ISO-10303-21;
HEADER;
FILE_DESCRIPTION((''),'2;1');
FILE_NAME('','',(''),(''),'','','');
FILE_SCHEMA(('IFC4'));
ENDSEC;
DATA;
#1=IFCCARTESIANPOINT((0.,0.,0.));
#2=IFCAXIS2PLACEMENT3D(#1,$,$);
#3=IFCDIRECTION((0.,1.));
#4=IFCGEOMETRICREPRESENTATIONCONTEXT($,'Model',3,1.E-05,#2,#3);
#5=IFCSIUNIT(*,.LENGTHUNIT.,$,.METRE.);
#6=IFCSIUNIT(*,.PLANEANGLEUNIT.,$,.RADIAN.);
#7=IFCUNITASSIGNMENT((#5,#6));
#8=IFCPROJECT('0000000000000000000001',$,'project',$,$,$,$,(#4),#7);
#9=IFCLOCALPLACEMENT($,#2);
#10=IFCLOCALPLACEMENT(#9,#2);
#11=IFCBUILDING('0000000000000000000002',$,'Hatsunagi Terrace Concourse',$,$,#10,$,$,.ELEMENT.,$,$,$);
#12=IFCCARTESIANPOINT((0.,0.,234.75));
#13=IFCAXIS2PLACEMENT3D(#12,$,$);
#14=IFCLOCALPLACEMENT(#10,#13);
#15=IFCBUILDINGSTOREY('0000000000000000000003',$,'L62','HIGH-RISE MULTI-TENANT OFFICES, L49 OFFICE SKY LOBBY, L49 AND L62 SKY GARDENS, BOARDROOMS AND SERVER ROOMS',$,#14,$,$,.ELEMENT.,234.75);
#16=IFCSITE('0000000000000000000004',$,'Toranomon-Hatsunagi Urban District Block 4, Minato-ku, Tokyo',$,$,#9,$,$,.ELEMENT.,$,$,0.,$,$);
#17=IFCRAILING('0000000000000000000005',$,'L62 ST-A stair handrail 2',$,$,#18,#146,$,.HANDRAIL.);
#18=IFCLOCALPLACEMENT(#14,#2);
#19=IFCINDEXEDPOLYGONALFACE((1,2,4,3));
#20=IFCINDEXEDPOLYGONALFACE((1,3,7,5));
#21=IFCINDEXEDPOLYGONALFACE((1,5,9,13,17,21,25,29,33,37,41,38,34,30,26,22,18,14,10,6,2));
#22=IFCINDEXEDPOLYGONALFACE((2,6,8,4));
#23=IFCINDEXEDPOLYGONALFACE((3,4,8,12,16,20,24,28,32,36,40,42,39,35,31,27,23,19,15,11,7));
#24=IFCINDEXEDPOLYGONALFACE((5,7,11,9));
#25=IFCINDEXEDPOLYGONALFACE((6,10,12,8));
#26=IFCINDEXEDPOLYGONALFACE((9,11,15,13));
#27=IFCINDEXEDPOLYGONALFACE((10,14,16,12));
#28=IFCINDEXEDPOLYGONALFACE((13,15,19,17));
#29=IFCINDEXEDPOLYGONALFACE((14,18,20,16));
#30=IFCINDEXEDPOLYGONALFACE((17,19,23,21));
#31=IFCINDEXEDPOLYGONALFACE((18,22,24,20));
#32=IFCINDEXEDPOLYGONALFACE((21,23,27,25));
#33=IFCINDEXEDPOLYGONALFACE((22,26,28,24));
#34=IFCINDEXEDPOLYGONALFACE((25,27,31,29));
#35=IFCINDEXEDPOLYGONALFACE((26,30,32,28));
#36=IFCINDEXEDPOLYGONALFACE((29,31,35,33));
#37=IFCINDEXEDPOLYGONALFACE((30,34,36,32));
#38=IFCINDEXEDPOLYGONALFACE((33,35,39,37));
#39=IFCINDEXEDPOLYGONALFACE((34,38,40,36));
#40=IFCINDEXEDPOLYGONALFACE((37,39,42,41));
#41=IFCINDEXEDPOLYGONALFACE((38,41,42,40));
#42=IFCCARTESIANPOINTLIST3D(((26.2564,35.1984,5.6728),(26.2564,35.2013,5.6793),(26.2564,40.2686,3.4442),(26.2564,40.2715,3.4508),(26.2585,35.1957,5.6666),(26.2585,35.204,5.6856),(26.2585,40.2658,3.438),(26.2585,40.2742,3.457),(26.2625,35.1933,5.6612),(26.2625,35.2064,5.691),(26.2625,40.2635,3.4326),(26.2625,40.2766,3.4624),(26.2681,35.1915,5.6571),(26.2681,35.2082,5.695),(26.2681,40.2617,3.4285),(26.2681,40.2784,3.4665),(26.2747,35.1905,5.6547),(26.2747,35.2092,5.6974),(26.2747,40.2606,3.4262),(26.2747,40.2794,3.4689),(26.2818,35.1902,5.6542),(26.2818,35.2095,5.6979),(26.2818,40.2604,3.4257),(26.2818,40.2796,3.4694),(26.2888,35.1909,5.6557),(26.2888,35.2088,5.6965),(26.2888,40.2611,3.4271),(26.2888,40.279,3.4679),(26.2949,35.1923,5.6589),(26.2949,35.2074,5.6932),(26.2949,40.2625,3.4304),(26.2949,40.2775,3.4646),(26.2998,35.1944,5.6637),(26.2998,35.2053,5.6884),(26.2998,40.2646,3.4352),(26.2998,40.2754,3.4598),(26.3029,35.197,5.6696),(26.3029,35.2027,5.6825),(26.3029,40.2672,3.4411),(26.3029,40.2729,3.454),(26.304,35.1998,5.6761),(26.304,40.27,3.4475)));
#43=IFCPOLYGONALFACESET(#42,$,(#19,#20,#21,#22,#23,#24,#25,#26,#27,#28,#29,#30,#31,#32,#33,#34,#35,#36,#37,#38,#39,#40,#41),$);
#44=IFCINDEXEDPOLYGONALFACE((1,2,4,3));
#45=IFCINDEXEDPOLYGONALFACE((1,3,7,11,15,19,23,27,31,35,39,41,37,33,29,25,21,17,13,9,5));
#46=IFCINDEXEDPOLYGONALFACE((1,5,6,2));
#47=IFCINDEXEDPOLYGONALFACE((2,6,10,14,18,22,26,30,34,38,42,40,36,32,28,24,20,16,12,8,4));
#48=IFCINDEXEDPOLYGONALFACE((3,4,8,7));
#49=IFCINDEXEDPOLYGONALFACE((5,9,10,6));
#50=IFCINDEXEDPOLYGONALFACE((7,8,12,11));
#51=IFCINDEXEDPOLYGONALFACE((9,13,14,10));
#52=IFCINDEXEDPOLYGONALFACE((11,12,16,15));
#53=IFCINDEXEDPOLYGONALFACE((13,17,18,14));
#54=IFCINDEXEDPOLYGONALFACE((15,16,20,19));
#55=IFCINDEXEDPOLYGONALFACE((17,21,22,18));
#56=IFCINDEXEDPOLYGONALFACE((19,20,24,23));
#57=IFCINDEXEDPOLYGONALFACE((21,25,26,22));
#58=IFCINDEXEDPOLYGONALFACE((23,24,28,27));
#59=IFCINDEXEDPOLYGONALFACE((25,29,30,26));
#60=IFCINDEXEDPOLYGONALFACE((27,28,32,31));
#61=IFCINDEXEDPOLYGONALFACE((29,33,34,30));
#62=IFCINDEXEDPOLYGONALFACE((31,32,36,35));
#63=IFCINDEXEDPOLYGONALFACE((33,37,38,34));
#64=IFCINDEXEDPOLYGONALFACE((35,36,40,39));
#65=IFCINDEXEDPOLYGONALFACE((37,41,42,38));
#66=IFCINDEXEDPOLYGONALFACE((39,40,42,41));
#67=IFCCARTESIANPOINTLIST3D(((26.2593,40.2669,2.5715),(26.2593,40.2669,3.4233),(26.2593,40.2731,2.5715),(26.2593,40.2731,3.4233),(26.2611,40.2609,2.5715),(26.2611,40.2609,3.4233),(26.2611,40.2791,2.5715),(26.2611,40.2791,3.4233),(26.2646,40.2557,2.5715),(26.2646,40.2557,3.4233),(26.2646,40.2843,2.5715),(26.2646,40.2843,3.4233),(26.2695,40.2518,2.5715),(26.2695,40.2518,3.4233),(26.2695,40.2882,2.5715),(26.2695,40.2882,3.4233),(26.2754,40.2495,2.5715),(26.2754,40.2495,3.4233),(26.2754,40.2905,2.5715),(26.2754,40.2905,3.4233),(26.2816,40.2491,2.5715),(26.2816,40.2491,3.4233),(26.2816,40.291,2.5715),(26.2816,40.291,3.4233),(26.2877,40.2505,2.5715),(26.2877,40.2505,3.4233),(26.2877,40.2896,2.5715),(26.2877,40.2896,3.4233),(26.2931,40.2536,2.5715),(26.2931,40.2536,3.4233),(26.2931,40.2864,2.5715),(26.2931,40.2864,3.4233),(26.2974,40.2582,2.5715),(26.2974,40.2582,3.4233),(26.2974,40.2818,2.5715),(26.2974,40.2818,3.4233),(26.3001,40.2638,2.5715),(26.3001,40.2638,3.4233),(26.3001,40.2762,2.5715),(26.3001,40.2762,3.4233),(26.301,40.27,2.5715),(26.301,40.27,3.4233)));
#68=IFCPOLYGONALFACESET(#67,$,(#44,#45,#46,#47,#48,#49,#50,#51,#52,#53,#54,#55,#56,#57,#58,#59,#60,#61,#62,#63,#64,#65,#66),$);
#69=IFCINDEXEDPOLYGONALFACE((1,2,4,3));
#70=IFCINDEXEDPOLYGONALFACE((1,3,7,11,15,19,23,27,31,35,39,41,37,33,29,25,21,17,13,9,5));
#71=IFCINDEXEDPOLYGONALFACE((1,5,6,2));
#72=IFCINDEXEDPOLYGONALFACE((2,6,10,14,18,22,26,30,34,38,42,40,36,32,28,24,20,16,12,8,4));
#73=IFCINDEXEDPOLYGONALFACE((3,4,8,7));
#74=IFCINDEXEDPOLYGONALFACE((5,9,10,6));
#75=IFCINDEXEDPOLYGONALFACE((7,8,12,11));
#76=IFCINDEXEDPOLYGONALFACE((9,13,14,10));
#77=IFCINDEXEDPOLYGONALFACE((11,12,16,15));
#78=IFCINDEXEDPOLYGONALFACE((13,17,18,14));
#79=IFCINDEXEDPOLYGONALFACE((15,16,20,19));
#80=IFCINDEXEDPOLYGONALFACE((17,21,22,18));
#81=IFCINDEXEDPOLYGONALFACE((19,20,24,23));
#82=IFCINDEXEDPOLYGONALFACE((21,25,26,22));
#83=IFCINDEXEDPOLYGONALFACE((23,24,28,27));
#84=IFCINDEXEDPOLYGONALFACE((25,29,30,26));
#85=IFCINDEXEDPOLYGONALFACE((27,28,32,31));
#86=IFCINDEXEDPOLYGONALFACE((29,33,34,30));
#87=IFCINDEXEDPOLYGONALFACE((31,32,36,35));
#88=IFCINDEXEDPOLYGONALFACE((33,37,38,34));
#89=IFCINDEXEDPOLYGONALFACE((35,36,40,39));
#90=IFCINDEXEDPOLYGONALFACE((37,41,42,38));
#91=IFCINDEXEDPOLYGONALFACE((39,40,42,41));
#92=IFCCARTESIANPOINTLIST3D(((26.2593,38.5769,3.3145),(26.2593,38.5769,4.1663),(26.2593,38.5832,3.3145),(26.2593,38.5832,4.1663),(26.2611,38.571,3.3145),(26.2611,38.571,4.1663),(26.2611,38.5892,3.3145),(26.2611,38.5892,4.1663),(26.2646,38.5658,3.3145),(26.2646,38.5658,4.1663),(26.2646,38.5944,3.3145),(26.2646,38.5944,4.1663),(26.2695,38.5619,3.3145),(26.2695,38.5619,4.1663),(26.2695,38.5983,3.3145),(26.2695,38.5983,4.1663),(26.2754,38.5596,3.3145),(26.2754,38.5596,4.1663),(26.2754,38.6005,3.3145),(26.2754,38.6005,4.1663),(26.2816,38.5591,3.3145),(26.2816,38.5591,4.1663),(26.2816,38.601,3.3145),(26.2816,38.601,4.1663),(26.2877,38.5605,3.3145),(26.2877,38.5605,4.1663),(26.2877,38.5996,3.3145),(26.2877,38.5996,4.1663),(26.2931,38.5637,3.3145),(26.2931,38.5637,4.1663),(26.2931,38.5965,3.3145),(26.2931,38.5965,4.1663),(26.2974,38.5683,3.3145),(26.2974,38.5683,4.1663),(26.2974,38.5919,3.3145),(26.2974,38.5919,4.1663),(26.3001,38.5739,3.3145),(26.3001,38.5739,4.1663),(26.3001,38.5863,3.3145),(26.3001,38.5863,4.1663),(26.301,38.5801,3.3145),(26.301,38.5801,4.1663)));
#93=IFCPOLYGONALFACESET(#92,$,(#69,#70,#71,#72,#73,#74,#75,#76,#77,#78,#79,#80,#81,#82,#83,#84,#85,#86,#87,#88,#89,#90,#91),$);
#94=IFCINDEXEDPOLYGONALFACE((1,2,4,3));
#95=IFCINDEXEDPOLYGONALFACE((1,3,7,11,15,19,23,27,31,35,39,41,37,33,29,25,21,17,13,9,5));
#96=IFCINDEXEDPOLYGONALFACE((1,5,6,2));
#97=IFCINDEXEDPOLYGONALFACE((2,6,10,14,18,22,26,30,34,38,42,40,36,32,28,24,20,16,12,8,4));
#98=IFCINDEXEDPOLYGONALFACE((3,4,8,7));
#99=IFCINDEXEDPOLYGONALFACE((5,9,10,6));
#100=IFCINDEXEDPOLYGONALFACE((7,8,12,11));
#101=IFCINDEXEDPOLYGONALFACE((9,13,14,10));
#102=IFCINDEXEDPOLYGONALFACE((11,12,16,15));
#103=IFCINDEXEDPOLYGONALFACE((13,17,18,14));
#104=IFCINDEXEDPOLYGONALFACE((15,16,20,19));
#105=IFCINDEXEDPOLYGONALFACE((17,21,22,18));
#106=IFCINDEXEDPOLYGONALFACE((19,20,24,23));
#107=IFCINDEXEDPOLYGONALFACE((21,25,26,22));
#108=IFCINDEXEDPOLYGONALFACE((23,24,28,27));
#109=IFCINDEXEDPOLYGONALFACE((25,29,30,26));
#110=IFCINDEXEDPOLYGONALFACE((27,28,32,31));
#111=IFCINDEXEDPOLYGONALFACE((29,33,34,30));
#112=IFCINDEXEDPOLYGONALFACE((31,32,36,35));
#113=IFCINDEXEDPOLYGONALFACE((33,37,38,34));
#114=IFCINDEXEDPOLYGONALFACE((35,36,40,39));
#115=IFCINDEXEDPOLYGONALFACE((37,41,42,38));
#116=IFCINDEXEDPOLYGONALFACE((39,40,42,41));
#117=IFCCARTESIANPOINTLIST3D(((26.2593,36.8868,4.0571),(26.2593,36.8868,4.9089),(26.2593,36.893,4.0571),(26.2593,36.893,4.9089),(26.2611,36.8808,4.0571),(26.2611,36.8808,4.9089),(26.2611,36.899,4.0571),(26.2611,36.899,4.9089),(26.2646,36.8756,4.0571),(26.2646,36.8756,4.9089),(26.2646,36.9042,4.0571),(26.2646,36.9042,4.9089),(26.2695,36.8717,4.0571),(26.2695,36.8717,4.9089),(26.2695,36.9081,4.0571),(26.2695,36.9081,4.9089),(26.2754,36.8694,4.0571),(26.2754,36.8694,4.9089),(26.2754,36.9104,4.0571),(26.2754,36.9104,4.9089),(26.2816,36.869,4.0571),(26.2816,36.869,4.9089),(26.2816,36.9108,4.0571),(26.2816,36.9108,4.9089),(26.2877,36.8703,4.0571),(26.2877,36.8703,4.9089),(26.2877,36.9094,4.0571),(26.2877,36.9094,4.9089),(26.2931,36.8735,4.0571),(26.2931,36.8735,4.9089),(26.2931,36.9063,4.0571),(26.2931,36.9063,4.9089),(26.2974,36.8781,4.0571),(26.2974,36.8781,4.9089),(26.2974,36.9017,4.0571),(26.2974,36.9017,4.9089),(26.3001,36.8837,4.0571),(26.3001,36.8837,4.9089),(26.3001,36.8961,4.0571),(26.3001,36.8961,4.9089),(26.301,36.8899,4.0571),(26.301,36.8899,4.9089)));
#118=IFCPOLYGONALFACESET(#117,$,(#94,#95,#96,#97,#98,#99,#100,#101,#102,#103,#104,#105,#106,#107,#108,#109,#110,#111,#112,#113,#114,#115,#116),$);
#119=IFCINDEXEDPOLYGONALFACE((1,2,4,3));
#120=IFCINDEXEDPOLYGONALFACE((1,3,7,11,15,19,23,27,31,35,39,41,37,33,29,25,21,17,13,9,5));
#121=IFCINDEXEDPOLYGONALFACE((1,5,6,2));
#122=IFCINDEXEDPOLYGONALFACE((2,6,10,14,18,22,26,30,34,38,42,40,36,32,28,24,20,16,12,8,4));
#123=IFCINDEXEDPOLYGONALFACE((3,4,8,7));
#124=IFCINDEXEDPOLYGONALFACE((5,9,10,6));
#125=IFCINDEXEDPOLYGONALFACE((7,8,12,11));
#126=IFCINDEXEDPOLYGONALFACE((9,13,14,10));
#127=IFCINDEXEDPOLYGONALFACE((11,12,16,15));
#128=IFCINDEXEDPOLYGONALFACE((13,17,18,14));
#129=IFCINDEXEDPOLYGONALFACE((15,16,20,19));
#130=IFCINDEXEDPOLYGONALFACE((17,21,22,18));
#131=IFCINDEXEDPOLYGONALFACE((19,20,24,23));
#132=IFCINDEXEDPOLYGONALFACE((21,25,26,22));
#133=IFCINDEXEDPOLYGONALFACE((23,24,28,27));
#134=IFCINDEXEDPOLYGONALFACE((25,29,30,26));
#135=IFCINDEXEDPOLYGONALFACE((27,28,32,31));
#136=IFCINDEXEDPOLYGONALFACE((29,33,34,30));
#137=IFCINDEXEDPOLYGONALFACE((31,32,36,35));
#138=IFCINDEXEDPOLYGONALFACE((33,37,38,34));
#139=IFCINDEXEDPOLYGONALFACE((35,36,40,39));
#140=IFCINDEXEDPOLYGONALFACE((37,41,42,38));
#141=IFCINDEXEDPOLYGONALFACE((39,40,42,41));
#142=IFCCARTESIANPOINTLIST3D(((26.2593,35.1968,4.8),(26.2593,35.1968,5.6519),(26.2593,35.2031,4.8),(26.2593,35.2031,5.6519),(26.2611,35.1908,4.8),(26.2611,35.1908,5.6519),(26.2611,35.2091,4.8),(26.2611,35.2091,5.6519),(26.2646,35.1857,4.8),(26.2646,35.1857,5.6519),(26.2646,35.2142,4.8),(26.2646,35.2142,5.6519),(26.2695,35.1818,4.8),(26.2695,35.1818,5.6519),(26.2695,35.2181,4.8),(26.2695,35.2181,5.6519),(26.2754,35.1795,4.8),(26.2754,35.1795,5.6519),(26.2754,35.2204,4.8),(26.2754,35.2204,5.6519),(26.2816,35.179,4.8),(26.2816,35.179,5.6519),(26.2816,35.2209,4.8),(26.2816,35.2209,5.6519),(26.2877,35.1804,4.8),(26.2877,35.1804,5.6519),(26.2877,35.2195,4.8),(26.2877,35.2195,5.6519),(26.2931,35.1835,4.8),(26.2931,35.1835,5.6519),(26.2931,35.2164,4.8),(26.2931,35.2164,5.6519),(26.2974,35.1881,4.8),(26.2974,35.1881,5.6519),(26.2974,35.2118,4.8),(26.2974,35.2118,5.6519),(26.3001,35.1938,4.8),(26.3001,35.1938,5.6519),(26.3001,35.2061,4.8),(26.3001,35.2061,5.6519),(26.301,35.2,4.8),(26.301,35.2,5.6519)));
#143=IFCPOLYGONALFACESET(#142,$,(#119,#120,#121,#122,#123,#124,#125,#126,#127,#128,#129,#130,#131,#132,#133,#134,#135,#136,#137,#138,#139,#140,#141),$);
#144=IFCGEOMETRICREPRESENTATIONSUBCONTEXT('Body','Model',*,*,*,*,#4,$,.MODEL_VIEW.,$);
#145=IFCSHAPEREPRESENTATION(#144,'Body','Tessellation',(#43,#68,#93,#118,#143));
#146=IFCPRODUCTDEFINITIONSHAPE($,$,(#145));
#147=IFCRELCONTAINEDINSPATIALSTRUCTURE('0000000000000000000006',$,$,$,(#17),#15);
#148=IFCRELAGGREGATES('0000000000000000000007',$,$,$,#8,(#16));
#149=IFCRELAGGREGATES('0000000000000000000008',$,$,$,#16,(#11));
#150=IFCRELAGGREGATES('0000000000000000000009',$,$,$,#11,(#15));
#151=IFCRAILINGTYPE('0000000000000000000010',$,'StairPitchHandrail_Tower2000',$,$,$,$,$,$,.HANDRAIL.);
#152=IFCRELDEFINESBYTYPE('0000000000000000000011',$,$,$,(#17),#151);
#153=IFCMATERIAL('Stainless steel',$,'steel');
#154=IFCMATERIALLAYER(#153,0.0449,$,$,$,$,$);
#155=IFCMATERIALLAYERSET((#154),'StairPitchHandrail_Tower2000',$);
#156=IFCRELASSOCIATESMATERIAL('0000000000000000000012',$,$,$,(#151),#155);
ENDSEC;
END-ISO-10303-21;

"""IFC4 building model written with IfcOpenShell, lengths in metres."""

from ifc_helpers import new_model, si_unit, direction, frame, origin, origin_2d, place, context, subcontext, project, spatial, circle, extrude, material, layer, layer_set, type_object, element, save


model = new_model("IFC4")

# Units and contexts
model_context = context("Model", 3, precision=1e-05, world=origin(), true_north=direction((0.0, 1.0)))
body_context = subcontext(model_context, "Body", "Model", "MODEL_VIEW")
ifc_project = project(units=[si_unit("LENGTHUNIT", "METRE"), si_unit("PLANEANGLEUNIT", "RADIAN")], contexts=[model_context])

# Site, building, storey
site_placement = place(None, origin())
site = spatial("IfcSite", under=ifc_project, at=site_placement, Name="Toranomon-Hatsunagi Urban District Block 4, Minato-ku, Tokyo", CompositionType="ELEMENT", RefElevation=0.0)
building_placement = place(site_placement, origin())
building = spatial("IfcBuilding", under=site, at=building_placement, Name="Hatsunagi Terrace Concourse", CompositionType="ELEMENT")
storey_placement = place(building_placement, frame((0.0, 0.0, 234.75)))
storey = spatial("IfcBuildingStorey", under=building, at=storey_placement, Name="L62", Description="HIGH-RISE MULTI-TENANT OFFICES, L49 OFFICE SKY LOBBY, L49 AND L62 SKY GARDENS, BOARDROOMS AND SERVER ROOMS", CompositionType="ELEMENT", Elevation=234.75)

# Railing
ifc_material_1 = material(Name="Stainless steel", Category="steel")
ifc_layer_1 = layer(ifc_material_1, 0.0449)
ifc_layer_set_1 = layer_set([ifc_layer_1], Name="StairPitchHandrail_Tower2000")
railing_type_1 = type_object("IfcRailingType", Name="StairPitchHandrail_Tower2000", PredefinedType="HANDRAIL", material=ifc_layer_set_1)
railing_1_placement = place(storey_placement, frame((26.28, 40.27, 2.5715)))
element("IfcRailing", 1, at=railing_1_placement, inside=storey, type_object=railing_type_1, Name="L62 ST-A stair handrail 2", PredefinedType="HANDRAIL", context=body_context, shape_type="SweptSolid", body=[
    extrude(circle(Radius=0.0239, at=origin_2d()), frame((0.0, 0.0, 0.876), z_axis=(0.0, -0.915469, 0.402388), x_axis=(1.0, 0.0, 0.0)), (0.0, 0.0, 1.0), 5.5383),
    extrude(circle(Radius=0.021, at=origin_2d()), origin(), (0.0, 0.0, 1.0), 0.8518),
    extrude(circle(Radius=0.021, at=origin_2d()), frame((0.0, -1.6899, 0.7429)), (0.0, 0.0, 1.0), 0.8518),
    extrude(circle(Radius=0.021, at=origin_2d()), frame((0.0, -3.3801, 1.4856)), (0.0, 0.0, 1.0), 0.8518),
    extrude(circle(Radius=0.021, at=origin_2d()), frame((0.0, -5.0701, 2.2285)), (0.0, 0.0, 1.0), 0.8518),
])

save(model, "model.ifc")
